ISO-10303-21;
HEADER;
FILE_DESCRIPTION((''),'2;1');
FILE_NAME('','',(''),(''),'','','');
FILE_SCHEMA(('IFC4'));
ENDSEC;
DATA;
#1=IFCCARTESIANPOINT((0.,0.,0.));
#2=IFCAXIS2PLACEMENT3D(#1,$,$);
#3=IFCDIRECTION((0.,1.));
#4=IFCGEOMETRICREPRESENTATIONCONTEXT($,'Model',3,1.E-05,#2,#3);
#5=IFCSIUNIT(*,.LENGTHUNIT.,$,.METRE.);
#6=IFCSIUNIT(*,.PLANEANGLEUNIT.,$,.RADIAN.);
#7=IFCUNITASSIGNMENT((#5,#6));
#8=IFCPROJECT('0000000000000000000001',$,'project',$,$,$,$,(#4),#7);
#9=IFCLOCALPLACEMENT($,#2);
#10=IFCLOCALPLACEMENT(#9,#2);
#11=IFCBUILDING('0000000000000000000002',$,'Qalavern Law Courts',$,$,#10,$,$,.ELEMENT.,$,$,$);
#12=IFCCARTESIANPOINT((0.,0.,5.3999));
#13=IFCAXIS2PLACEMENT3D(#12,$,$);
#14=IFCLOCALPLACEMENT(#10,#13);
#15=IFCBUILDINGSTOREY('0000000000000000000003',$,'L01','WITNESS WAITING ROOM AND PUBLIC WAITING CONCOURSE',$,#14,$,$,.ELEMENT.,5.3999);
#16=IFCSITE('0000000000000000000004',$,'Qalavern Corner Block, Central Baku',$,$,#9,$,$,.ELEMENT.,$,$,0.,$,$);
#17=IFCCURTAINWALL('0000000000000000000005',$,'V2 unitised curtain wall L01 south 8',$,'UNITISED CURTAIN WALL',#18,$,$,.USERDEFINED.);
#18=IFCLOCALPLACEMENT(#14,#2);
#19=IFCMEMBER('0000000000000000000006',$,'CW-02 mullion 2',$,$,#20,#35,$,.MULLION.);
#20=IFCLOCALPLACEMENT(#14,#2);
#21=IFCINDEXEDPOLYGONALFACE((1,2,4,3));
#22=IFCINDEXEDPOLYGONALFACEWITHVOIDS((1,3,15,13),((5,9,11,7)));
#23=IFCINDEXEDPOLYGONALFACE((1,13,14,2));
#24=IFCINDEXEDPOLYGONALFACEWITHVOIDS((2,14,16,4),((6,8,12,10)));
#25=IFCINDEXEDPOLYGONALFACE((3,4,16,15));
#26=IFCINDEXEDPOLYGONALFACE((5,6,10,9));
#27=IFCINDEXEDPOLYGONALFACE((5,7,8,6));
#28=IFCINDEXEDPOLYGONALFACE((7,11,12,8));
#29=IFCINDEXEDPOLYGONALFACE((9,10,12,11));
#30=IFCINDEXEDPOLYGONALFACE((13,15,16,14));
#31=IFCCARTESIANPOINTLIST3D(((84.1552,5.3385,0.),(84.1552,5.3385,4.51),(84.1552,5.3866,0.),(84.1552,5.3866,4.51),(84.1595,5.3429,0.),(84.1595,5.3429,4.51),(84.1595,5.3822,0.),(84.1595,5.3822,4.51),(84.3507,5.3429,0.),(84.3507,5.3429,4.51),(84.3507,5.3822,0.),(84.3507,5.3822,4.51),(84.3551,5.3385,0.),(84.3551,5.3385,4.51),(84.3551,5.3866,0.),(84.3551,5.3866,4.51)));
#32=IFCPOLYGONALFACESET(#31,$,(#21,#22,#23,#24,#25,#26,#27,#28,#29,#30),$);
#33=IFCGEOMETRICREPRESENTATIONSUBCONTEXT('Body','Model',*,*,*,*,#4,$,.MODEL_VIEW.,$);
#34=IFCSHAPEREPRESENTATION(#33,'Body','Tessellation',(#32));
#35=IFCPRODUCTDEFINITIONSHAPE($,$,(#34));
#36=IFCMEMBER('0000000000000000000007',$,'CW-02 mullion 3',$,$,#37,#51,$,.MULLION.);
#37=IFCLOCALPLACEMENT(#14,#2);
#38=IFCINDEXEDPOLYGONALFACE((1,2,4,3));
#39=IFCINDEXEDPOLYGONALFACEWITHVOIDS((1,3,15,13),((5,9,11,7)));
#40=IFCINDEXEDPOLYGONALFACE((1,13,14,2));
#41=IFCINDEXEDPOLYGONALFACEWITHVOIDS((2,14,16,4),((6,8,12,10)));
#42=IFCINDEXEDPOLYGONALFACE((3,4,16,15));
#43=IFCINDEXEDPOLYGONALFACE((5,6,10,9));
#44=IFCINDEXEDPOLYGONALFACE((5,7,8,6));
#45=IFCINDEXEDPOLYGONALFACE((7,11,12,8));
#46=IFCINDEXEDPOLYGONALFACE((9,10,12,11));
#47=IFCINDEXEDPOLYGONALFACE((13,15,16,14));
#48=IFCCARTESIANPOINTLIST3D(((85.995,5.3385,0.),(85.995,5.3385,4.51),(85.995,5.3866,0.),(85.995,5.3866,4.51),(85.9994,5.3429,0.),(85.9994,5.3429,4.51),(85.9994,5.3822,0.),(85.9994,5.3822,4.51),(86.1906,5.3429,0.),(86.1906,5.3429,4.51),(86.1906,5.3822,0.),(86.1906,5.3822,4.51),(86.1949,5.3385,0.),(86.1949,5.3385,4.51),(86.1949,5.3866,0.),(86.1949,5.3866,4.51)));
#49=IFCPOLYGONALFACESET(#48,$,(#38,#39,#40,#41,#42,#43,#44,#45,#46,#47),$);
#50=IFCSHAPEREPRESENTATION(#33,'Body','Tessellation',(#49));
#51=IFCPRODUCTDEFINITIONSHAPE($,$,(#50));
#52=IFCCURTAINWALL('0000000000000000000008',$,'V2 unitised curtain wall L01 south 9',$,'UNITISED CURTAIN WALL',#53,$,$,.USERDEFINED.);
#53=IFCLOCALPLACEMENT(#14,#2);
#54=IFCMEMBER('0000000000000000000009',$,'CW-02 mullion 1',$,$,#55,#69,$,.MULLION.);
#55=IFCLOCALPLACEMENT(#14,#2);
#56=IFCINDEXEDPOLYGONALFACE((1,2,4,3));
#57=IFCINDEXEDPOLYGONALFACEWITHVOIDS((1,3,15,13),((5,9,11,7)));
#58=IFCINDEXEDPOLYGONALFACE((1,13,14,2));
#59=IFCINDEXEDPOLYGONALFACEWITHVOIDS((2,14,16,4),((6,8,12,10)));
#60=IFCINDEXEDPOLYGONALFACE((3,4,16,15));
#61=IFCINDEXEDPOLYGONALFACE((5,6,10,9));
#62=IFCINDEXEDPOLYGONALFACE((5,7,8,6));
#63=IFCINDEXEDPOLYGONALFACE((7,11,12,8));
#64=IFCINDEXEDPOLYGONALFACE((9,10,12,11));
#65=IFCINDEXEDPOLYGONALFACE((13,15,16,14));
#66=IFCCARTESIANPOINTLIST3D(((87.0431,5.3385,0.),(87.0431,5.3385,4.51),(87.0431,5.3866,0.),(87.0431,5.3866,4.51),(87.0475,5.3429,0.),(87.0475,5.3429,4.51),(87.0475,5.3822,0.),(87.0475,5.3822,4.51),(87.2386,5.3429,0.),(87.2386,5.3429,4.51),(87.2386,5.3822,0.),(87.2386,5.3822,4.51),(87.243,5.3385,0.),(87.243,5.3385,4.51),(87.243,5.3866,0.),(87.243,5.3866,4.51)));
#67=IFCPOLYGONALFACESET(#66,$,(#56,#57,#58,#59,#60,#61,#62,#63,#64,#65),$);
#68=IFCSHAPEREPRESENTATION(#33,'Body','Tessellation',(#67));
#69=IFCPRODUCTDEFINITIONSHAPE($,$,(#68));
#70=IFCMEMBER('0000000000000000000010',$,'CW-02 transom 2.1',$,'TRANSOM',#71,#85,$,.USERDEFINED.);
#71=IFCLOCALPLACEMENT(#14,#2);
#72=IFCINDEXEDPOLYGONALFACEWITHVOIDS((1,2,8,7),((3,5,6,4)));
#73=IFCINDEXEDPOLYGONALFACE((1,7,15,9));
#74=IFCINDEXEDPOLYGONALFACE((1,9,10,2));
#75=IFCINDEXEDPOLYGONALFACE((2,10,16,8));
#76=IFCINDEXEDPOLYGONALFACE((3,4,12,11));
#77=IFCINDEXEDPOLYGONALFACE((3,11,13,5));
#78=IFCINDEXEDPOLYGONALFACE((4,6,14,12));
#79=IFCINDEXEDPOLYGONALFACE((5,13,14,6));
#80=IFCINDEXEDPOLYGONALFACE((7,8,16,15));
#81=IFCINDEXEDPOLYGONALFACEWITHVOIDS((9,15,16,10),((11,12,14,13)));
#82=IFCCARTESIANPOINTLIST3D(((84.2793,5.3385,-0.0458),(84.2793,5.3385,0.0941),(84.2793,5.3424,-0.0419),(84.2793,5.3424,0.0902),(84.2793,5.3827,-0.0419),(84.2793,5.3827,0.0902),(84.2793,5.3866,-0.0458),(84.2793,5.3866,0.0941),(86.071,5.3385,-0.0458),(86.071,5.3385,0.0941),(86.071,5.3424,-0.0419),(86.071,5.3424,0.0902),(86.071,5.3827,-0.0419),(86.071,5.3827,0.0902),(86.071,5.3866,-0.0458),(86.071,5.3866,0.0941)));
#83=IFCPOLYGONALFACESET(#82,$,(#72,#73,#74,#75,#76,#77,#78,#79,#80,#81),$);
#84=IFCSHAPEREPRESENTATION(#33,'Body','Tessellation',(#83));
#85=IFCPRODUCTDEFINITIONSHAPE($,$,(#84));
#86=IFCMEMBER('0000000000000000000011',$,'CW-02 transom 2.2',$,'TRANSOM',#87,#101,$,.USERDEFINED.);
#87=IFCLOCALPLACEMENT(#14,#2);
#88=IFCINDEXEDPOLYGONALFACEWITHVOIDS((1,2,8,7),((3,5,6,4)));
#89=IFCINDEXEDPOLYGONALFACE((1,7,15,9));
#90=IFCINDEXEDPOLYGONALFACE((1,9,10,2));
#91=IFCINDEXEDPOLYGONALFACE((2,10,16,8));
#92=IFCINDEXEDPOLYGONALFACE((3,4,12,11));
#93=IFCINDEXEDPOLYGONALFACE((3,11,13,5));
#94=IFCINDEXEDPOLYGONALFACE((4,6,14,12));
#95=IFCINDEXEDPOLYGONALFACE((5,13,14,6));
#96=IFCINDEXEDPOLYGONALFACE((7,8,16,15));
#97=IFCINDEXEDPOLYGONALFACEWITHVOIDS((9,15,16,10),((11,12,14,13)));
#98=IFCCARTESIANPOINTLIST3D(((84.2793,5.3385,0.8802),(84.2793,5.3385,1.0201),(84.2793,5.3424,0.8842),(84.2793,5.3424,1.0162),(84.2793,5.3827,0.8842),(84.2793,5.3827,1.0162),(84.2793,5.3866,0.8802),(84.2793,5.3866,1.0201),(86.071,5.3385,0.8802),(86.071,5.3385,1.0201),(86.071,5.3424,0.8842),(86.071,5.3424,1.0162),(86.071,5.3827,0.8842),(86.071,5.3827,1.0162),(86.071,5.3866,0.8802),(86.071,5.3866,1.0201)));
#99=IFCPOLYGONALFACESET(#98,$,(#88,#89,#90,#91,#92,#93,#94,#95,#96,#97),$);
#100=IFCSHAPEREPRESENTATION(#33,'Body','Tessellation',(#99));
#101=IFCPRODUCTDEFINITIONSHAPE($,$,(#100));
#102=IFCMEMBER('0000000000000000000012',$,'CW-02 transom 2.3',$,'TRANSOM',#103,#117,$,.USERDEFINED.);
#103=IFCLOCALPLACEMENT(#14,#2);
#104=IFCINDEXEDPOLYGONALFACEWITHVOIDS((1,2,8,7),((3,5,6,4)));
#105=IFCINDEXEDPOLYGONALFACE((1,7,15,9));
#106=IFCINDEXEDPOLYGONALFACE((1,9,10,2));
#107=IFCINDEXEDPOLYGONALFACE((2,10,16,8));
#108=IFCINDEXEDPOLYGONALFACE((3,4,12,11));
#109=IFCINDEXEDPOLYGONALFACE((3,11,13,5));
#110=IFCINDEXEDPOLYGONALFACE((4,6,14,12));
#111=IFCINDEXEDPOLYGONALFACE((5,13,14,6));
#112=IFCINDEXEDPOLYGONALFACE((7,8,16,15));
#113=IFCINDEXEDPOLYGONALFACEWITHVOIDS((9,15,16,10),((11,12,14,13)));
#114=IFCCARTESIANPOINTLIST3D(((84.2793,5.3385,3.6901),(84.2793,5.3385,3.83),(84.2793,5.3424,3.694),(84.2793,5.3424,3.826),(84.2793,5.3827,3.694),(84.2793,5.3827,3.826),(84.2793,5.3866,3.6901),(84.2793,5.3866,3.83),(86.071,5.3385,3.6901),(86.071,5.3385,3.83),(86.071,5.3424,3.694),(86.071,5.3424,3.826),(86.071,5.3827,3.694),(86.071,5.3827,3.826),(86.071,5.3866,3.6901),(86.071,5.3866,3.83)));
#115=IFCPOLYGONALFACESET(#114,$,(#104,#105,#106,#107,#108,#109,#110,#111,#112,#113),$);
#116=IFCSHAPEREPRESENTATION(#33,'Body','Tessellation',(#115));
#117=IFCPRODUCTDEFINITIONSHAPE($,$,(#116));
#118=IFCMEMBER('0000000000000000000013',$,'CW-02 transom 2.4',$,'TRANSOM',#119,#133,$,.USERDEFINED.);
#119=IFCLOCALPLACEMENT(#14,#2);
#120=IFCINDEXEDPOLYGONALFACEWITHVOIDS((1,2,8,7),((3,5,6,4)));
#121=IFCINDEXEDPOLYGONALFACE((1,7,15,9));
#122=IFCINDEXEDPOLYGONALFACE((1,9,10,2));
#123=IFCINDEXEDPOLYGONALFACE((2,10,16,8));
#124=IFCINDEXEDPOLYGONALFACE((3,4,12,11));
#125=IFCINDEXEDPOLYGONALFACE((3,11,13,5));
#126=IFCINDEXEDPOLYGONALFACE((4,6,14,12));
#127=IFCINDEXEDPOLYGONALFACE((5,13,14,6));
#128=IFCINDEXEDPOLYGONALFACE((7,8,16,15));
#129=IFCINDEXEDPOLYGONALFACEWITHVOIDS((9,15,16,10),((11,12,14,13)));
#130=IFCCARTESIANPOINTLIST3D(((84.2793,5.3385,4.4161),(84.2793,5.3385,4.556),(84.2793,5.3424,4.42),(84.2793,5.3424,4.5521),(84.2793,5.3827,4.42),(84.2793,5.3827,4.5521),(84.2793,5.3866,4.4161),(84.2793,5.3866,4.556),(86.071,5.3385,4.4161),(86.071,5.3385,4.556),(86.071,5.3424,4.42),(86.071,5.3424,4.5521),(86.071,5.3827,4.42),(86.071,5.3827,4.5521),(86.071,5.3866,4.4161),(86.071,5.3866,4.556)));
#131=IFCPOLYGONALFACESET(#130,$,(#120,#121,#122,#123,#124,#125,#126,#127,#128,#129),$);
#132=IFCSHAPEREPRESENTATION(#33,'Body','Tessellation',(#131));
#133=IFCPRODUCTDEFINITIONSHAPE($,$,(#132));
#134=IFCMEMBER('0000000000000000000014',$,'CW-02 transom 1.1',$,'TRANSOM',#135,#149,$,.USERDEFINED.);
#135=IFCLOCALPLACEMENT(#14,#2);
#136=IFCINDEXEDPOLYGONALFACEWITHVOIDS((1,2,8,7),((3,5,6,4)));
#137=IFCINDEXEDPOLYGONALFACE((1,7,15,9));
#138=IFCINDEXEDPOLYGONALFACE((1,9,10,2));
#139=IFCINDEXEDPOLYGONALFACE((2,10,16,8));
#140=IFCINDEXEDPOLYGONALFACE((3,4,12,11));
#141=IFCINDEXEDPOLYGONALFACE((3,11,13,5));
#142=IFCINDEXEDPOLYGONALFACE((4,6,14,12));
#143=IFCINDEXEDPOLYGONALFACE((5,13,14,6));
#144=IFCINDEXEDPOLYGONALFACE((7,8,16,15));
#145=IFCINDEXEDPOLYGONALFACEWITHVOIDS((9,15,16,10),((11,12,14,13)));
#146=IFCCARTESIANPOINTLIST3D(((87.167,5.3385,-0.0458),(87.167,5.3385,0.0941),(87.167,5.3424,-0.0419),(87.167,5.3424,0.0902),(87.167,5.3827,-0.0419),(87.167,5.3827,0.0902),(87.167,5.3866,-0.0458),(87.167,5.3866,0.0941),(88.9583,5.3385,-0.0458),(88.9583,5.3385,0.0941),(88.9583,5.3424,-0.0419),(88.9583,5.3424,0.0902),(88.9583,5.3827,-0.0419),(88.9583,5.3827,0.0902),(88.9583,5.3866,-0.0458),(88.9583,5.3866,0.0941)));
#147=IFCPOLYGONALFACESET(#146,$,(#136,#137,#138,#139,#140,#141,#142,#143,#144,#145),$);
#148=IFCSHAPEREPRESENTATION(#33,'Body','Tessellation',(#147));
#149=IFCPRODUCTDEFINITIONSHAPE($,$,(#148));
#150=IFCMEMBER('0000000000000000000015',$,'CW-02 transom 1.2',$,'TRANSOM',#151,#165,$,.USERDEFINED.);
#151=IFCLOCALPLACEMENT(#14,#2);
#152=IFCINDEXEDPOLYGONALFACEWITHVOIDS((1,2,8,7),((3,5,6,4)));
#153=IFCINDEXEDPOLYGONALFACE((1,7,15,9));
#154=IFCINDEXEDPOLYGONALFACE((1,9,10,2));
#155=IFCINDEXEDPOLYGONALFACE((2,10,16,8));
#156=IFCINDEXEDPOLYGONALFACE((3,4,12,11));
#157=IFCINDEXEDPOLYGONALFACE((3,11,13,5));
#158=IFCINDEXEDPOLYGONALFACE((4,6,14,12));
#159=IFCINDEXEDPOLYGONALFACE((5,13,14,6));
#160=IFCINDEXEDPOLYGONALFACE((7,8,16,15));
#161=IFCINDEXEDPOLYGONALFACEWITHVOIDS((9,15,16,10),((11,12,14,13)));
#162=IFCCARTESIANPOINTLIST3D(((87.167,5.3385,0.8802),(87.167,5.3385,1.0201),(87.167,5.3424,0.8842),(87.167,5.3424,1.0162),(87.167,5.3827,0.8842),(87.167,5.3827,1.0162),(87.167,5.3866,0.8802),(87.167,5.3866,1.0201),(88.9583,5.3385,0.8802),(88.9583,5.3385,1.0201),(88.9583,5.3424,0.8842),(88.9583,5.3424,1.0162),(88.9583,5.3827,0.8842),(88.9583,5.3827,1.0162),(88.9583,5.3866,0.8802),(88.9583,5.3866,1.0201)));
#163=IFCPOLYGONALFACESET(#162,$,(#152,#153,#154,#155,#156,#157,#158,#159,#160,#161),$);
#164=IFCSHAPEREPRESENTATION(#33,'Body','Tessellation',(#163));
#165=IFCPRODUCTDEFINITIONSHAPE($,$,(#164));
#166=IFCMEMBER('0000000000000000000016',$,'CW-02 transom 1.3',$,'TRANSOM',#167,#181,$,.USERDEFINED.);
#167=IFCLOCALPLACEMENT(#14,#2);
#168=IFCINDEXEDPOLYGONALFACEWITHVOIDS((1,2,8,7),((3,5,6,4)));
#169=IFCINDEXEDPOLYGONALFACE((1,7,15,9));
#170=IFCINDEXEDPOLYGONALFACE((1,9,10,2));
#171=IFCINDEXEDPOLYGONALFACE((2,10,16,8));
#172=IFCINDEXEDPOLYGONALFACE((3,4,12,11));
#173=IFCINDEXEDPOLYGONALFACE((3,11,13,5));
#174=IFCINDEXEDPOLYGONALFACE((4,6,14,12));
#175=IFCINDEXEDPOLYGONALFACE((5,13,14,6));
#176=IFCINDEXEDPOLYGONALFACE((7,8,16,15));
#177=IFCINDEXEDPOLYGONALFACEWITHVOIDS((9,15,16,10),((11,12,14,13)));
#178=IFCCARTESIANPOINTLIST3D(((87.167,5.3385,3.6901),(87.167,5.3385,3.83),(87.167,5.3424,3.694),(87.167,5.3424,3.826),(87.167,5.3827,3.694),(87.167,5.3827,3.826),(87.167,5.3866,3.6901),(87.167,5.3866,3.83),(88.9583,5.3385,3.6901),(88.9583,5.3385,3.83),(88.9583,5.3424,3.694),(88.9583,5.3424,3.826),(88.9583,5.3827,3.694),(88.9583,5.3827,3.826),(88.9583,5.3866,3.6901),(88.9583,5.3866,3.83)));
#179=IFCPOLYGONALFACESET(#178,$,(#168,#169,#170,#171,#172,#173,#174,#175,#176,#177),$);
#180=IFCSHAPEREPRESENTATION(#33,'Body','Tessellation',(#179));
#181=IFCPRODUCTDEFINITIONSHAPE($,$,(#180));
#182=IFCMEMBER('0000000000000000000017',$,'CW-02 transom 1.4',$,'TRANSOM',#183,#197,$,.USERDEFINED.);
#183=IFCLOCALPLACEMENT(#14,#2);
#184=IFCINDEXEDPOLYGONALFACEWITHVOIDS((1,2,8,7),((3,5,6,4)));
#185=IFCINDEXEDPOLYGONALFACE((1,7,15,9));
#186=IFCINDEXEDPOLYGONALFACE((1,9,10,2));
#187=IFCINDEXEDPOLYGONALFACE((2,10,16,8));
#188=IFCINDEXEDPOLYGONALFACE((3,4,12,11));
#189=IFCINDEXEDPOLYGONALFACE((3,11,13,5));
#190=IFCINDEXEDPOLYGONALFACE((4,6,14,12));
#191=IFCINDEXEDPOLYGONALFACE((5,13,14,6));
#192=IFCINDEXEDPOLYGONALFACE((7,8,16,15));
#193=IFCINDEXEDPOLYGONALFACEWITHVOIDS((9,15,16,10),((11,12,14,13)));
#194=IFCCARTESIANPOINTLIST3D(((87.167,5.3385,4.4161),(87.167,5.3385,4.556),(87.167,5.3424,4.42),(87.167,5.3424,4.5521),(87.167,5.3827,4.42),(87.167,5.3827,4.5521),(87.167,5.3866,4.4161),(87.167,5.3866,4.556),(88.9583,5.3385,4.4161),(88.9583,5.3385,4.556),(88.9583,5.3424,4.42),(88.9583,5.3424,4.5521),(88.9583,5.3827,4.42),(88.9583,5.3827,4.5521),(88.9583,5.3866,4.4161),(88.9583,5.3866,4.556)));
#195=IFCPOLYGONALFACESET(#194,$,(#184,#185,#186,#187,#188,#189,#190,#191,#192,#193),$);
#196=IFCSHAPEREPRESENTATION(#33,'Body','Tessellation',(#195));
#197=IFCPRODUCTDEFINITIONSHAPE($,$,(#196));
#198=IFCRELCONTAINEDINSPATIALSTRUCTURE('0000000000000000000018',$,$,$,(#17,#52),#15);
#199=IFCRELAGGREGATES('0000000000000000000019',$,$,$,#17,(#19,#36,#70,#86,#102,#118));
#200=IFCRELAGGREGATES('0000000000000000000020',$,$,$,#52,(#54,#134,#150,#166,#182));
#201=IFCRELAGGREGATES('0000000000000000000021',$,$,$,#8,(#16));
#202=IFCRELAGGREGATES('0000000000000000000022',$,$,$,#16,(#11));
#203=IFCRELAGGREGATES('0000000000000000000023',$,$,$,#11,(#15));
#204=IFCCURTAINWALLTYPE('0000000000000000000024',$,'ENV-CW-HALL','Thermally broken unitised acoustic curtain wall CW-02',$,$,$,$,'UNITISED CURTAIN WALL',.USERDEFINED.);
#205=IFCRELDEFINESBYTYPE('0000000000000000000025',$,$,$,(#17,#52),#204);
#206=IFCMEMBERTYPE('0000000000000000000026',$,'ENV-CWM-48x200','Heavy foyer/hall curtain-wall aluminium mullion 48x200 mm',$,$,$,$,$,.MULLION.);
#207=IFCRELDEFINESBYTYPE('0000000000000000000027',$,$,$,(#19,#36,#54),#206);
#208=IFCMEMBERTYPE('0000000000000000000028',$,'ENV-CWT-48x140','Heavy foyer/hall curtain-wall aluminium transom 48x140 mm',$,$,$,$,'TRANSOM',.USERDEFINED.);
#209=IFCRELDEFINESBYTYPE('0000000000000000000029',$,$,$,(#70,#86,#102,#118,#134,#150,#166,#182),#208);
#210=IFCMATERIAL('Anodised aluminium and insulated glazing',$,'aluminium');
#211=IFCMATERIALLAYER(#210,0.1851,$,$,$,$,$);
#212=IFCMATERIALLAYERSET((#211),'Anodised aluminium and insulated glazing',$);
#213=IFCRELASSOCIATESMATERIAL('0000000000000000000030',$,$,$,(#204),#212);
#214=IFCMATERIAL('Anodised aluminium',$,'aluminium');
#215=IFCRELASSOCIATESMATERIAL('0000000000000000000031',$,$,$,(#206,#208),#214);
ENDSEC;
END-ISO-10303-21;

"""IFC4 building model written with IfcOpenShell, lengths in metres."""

from ifc_helpers import new_model, si_unit, direction, frame, origin, origin_2d, place, context, subcontext, project, spatial, hollow_rectangle, extrude, material, layer, layer_set, material_profile, profile_set, type_object, element, aggregate, save


model = new_model("IFC4")

# Units and contexts
model_context = context("Model", 3, precision=1e-05, world=origin(), true_north=direction((0.0, 1.0)))
body_context = subcontext(model_context, "Body", "Model", "MODEL_VIEW")
ifc_project = project(units=[si_unit("LENGTHUNIT", "METRE"), si_unit("PLANEANGLEUNIT", "RADIAN")], contexts=[model_context])

# Site, building, storey
site_placement = place(None, origin())
site = spatial("IfcSite", under=ifc_project, at=site_placement, Name="Qalavern Corner Block, Central Baku", CompositionType="ELEMENT", RefElevation=0.0)
building_placement = place(site_placement, origin())
building = spatial("IfcBuilding", under=site, at=building_placement, Name="Qalavern Law Courts", CompositionType="ELEMENT")
storey_placement = place(building_placement, frame((0.0, 0.0, 5.3999)))
storey = spatial("IfcBuildingStorey", under=building, at=storey_placement, Name="L01", Description="WITNESS WAITING ROOM AND PUBLIC WAITING CONCOURSE", CompositionType="ELEMENT", Elevation=5.3999)

# Curtain wall, members
ifc_material_1 = material(Name="Anodised aluminium and insulated glazing", Category="aluminium")
ifc_layer_1 = layer(ifc_material_1, 0.1851)
ifc_layer_set_1 = layer_set([ifc_layer_1], Name="Anodised aluminium and insulated glazing")
curtain_wall_type = type_object("IfcCurtainWallType", Name="ENV-CW-HALL", Description="Thermally broken unitised acoustic curtain wall CW-02", ElementType="UNITISED CURTAIN WALL", PredefinedType="USERDEFINED", material=ifc_layer_set_1)
curtain_wall_1_placement = place(storey_placement, origin())
curtain_wall_1 = element("IfcCurtainWall", 1, at=curtain_wall_1_placement, inside=storey, type_object=curtain_wall_type, Name="V2 unitised curtain wall L01 south 8", ObjectType="UNITISED CURTAIN WALL", PredefinedType="USERDEFINED")
ifc_material_2 = material(Name="Anodised aluminium", Category="aluminium")
ifc_material_profile_1 = material_profile(ifc_material_2, hollow_rectangle(XDim=0.0481, YDim=0.2, WallThickness=0.0044, at=origin_2d()), Name="ALU MULLION 48x200")
ifc_profile_set_1 = profile_set([ifc_material_profile_1], Name="Anodised aluminium")
member_type_1 = type_object("IfcMemberType", Name="ENV-CWM-48x200", Description="Heavy foyer/hall curtain-wall aluminium mullion 48x200 mm", PredefinedType="MULLION", material=ifc_profile_set_1)
member_1_placement = place(storey_placement, frame((84.2551, 5.3625, 0.0), z_axis=(0.0, 0.0, 1.0), x_axis=(0.0, 1.0, 0.0)))
member_1 = element("IfcMember", 2, at=member_1_placement, type_object=member_type_1, Name="CW-02 mullion 2", PredefinedType="MULLION", context=body_context, shape_type="SweptSolid", body=[
    extrude(hollow_rectangle(XDim=0.0481, YDim=0.2, WallThickness=0.0044, at=origin_2d()), origin(), (0.0, 0.0, 1.0), 4.51),
])
member_2_placement = place(storey_placement, frame((86.095, 5.3625, 0.0), z_axis=(0.0, 0.0, 1.0), x_axis=(0.0, 1.0, 0.0)))
member_2 = element("IfcMember", 3, at=member_2_placement, type_object=member_type_1, Name="CW-02 mullion 3", PredefinedType="MULLION", context=body_context, shape_type="SweptSolid", body=[
    extrude(hollow_rectangle(XDim=0.0481, YDim=0.2, WallThickness=0.0044, at=origin_2d()), origin(), (0.0, 0.0, 1.0), 4.51),
])

# Curtain wall, member
curtain_wall_2_placement = place(storey_placement, origin())
curtain_wall_2 = element("IfcCurtainWall", 4, at=curtain_wall_2_placement, inside=storey, type_object=curtain_wall_type, Name="V2 unitised curtain wall L01 south 9", ObjectType="UNITISED CURTAIN WALL", PredefinedType="USERDEFINED")
member_3_placement = place(storey_placement, frame((87.1431, 5.3625, 0.0), z_axis=(0.0, 0.0, 1.0), x_axis=(0.0, 1.0, 0.0)))
member_3 = element("IfcMember", 5, at=member_3_placement, type_object=member_type_1, Name="CW-02 mullion 1", PredefinedType="MULLION", context=body_context, shape_type="SweptSolid", body=[
    extrude(hollow_rectangle(XDim=0.0481, YDim=0.2, WallThickness=0.0044, at=origin_2d()), origin(), (0.0, 0.0, 1.0), 4.51),
])

# Members
ifc_material_profile_2 = material_profile(ifc_material_2, hollow_rectangle(XDim=0.0481, YDim=0.1399, WallThickness=0.0039, at=origin_2d()), Name="ALU TRANSOM 48x140")
ifc_profile_set_2 = profile_set([ifc_material_profile_2], Name="Anodised aluminium")
member_type_2 = type_object("IfcMemberType", Name="ENV-CWT-48x140", Description="Heavy foyer/hall curtain-wall aluminium transom 48x140 mm", ElementType="TRANSOM", PredefinedType="USERDEFINED", material=ifc_profile_set_2)
member_4_placement = place(storey_placement, frame((84.2793, 5.3625, 0.0242), z_axis=(1.0, 0.0, 0.0), x_axis=(0.0, 1.0, 0.0)))
member_4 = element("IfcMember", 6, at=member_4_placement, type_object=member_type_2, Name="CW-02 transom 2.1", ObjectType="TRANSOM", PredefinedType="USERDEFINED", context=body_context, shape_type="SweptSolid", body=[
    extrude(hollow_rectangle(XDim=0.0481, YDim=0.1399, WallThickness=0.0039, at=origin_2d()), origin(), (0.0, 0.0, 1.0), 1.7917),
])
member_5_placement = place(storey_placement, frame((84.2793, 5.3625, 0.9502), z_axis=(1.0, 0.0, 0.0), x_axis=(0.0, 1.0, 0.0)))
member_5 = element("IfcMember", 7, at=member_5_placement, type_object=member_type_2, Name="CW-02 transom 2.2", ObjectType="TRANSOM", PredefinedType="USERDEFINED", context=body_context, shape_type="SweptSolid", body=[
    extrude(hollow_rectangle(XDim=0.0481, YDim=0.1399, WallThickness=0.0039, at=origin_2d()), origin(), (0.0, 0.0, 1.0), 1.7917),
])
member_6_placement = place(storey_placement, frame((84.2793, 5.3625, 3.76), z_axis=(1.0, 0.0, 0.0), x_axis=(0.0, 1.0, 0.0)))
member_6 = element("IfcMember", 8, at=member_6_placement, type_object=member_type_2, Name="CW-02 transom 2.3", ObjectType="TRANSOM", PredefinedType="USERDEFINED", context=body_context, shape_type="SweptSolid", body=[
    extrude(hollow_rectangle(XDim=0.0481, YDim=0.1399, WallThickness=0.0039, at=origin_2d()), origin(), (0.0, 0.0, 1.0), 1.7917),
])
member_7_placement = place(storey_placement, frame((84.2793, 5.3625, 4.4861), z_axis=(1.0, 0.0, 0.0), x_axis=(0.0, 1.0, 0.0)))
member_7 = element("IfcMember", 9, at=member_7_placement, type_object=member_type_2, Name="CW-02 transom 2.4", ObjectType="TRANSOM", PredefinedType="USERDEFINED", context=body_context, shape_type="SweptSolid", body=[
    extrude(hollow_rectangle(XDim=0.0481, YDim=0.1399, WallThickness=0.0039, at=origin_2d()), origin(), (0.0, 0.0, 1.0), 1.7917),
])
member_8_placement = place(storey_placement, frame((87.167, 5.3625, 0.0242), z_axis=(1.0, 0.0, 0.0), x_axis=(0.0, 1.0, 0.0)))
member_8 = element("IfcMember", 10, at=member_8_placement, type_object=member_type_2, Name="CW-02 transom 1.1", ObjectType="TRANSOM", PredefinedType="USERDEFINED", context=body_context, shape_type="SweptSolid", body=[
    extrude(hollow_rectangle(XDim=0.0481, YDim=0.1399, WallThickness=0.0039, at=origin_2d()), origin(), (0.0, 0.0, 1.0), 1.7913),
])
member_9_placement = place(storey_placement, frame((87.167, 5.3625, 0.9502), z_axis=(1.0, 0.0, 0.0), x_axis=(0.0, 1.0, 0.0)))
member_9 = element("IfcMember", 11, at=member_9_placement, type_object=member_type_2, Name="CW-02 transom 1.2", ObjectType="TRANSOM", PredefinedType="USERDEFINED", context=body_context, shape_type="SweptSolid", body=[
    extrude(hollow_rectangle(XDim=0.0481, YDim=0.1399, WallThickness=0.0039, at=origin_2d()), origin(), (0.0, 0.0, 1.0), 1.7913),
])
member_10_placement = place(storey_placement, frame((87.167, 5.3625, 3.76), z_axis=(1.0, 0.0, 0.0), x_axis=(0.0, 1.0, 0.0)))
member_10 = element("IfcMember", 12, at=member_10_placement, type_object=member_type_2, Name="CW-02 transom 1.3", ObjectType="TRANSOM", PredefinedType="USERDEFINED", context=body_context, shape_type="SweptSolid", body=[
    extrude(hollow_rectangle(XDim=0.0481, YDim=0.1399, WallThickness=0.0039, at=origin_2d()), origin(), (0.0, 0.0, 1.0), 1.7913),
])
member_11_placement = place(storey_placement, frame((87.167, 5.3625, 4.4861), z_axis=(1.0, 0.0, 0.0), x_axis=(0.0, 1.0, 0.0)))
member_11 = element("IfcMember", 13, at=member_11_placement, type_object=member_type_2, Name="CW-02 transom 1.4", ObjectType="TRANSOM", PredefinedType="USERDEFINED", context=body_context, shape_type="SweptSolid", body=[
    extrude(hollow_rectangle(XDim=0.0481, YDim=0.1399, WallThickness=0.0039, at=origin_2d()), origin(), (0.0, 0.0, 1.0), 1.7913),
])

aggregate(curtain_wall_1, [member_1, member_2, member_4, member_5, member_6, member_7])
aggregate(curtain_wall_2, [member_3, member_8, member_9, member_10, member_11])

save(model, "model.ifc")
